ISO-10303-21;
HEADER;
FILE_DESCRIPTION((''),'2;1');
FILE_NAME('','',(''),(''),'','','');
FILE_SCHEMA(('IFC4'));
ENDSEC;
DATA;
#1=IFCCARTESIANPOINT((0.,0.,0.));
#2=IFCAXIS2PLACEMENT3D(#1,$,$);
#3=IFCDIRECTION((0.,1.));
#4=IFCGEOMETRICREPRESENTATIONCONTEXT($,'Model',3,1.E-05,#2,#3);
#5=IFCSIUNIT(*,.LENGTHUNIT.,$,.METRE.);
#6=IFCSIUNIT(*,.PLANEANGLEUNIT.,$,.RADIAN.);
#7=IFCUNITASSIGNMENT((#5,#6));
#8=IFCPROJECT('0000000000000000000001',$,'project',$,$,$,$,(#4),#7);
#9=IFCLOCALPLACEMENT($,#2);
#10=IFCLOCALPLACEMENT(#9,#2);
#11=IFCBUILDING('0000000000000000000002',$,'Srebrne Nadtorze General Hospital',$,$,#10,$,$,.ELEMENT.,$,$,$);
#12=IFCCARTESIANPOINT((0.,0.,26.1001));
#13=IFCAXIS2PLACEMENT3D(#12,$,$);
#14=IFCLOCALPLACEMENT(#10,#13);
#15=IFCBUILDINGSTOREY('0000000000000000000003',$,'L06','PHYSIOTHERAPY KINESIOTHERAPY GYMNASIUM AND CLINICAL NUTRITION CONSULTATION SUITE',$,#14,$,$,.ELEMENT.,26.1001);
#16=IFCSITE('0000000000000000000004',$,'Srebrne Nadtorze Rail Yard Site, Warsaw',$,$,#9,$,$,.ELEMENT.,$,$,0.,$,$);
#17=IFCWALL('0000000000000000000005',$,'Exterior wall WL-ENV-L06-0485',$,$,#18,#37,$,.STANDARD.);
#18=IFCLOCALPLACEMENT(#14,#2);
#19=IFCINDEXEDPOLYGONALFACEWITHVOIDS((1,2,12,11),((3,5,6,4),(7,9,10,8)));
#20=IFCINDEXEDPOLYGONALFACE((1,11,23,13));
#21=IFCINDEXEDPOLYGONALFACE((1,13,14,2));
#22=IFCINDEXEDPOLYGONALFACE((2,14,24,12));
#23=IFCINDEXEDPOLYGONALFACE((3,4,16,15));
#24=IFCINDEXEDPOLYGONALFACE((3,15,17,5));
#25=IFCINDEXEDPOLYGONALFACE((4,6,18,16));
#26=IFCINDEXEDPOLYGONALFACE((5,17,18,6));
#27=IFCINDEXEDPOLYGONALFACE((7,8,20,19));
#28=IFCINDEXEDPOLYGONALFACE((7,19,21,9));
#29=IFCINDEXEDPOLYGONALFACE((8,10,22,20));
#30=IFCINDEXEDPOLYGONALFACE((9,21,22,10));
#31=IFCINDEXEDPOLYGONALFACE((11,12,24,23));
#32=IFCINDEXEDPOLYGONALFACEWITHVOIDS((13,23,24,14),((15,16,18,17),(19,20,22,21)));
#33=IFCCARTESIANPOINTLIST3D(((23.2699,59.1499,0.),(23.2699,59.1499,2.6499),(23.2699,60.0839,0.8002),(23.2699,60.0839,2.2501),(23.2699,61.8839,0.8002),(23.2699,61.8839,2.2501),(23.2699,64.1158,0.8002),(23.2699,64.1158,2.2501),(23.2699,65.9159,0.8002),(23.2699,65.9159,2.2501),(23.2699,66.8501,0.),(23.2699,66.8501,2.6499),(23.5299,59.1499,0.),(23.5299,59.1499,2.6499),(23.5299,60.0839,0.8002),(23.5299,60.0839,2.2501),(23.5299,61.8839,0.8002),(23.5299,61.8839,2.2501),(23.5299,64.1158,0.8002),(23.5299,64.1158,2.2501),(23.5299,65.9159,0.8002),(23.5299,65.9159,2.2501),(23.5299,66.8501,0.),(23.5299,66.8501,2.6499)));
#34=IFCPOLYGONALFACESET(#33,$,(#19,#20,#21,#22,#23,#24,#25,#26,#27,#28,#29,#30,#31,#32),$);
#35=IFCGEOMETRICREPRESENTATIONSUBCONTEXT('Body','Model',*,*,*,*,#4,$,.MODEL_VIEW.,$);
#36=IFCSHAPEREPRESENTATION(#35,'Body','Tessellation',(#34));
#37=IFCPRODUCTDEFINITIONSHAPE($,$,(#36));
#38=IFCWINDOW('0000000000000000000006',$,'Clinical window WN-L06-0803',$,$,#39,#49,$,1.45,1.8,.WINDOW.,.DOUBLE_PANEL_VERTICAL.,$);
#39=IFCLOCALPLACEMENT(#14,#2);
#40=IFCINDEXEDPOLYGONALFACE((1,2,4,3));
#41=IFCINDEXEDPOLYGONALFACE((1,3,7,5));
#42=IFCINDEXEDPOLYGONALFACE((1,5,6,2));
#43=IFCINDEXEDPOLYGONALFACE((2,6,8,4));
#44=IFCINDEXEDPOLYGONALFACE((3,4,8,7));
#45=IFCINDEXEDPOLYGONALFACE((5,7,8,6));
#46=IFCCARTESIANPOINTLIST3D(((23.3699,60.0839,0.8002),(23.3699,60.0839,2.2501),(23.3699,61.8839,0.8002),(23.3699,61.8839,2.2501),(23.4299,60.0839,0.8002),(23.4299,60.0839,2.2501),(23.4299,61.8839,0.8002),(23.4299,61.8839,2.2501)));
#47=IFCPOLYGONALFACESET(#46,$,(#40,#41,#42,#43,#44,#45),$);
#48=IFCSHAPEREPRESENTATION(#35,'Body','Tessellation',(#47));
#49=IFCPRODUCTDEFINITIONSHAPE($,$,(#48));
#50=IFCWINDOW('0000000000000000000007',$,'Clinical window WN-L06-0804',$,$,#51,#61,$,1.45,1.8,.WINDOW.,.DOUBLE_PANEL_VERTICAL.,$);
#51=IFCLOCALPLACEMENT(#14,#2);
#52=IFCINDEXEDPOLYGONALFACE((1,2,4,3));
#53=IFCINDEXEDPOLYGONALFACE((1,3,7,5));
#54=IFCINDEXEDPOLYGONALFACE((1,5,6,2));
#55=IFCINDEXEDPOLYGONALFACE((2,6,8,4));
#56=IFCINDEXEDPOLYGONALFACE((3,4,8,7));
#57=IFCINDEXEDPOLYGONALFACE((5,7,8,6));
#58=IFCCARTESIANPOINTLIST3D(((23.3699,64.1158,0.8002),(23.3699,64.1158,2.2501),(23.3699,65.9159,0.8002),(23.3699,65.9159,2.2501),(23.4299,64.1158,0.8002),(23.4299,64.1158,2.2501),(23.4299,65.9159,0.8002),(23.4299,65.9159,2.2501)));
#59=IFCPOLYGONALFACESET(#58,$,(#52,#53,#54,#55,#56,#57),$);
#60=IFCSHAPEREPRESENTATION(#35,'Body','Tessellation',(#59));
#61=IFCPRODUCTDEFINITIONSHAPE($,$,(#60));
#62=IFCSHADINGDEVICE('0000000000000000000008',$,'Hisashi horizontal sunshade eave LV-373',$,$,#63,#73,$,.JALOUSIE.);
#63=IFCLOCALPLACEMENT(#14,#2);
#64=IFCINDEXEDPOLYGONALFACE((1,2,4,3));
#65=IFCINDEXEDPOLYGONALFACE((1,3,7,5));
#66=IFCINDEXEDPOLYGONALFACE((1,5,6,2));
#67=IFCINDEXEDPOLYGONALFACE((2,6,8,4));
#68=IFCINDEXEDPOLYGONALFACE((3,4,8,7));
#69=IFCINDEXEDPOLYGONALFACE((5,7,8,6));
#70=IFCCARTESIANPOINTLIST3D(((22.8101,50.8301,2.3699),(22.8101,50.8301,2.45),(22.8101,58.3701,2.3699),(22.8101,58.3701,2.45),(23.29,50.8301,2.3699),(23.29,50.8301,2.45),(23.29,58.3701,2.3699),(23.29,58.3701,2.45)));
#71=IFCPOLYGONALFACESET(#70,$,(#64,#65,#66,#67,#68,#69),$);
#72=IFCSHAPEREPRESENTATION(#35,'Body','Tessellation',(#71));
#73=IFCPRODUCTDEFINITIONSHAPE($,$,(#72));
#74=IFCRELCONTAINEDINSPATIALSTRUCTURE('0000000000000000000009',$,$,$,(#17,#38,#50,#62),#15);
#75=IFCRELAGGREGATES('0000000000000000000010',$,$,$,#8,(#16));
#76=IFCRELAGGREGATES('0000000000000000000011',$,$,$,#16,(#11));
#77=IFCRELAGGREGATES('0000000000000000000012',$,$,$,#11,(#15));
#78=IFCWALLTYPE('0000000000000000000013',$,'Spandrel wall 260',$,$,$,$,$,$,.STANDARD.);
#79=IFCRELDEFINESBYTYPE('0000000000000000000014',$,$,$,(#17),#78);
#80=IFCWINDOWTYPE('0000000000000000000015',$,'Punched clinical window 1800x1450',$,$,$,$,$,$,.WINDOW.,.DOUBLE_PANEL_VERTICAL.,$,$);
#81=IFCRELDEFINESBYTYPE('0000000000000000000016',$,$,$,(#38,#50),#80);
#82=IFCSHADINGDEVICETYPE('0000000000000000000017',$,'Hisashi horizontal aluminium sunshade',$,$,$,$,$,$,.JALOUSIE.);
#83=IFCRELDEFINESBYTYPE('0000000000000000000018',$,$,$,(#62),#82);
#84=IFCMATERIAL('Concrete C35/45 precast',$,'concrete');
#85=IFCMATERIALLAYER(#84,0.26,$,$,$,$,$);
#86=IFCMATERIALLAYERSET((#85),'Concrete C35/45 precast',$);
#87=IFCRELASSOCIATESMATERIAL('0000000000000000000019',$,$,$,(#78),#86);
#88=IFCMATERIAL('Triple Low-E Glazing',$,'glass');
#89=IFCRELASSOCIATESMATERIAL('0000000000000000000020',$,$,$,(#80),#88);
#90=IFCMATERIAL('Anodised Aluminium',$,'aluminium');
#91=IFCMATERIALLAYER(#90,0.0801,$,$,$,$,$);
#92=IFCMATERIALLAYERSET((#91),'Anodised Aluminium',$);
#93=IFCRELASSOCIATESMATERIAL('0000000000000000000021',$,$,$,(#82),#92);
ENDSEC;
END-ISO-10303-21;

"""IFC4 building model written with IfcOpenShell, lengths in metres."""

from ifc_helpers import new_model, si_unit, direction, frame, frame_2d, origin, origin_2d, place, context, subcontext, project, spatial, rectangle, extrude, material, layer, layer_set, type_object, element, fill, save


model = new_model("IFC4")

# Units and contexts
model_context = context("Model", 3, precision=1e-05, world=origin(), true_north=direction((0.0, 1.0)))
body_context = subcontext(model_context, "Body", "Model", "MODEL_VIEW")
ifc_project = project(units=[si_unit("LENGTHUNIT", "METRE"), si_unit("PLANEANGLEUNIT", "RADIAN")], contexts=[model_context])

# Site, building, storey
site_placement = place(None, origin())
site = spatial("IfcSite", under=ifc_project, at=site_placement, Name="Srebrne Nadtorze Rail Yard Site, Warsaw", CompositionType="ELEMENT", RefElevation=0.0)
building_placement = place(site_placement, origin())
building = spatial("IfcBuilding", under=site, at=building_placement, Name="Srebrne Nadtorze General Hospital", CompositionType="ELEMENT")
storey_placement = place(building_placement, frame((0.0, 0.0, 26.1001)))
storey = spatial("IfcBuildingStorey", under=building, at=storey_placement, Name="L06", Description="PHYSIOTHERAPY KINESIOTHERAPY GYMNASIUM AND CLINICAL NUTRITION CONSULTATION SUITE", CompositionType="ELEMENT", Elevation=26.1001)

# Wall, openings, windows
ifc_material_1 = material(Name="Concrete C35/45 precast", Category="concrete")
ifc_layer_1 = layer(ifc_material_1, 0.26)
ifc_layer_set_1 = layer_set([ifc_layer_1], Name="Concrete C35/45 precast")
wall_type_1 = type_object("IfcWallType", Name="Spandrel wall 260", PredefinedType="STANDARD", material=ifc_layer_set_1)
wall_1_placement = place(storey_placement, frame((23.3999, 59.1499, 0.0), z_axis=(0.0, 0.0, 1.0), x_axis=(0.0, 1.0, 0.0)))
wall_1 = element("IfcWall", 1, at=wall_1_placement, inside=storey, type_object=wall_type_1, Name="Exterior wall WL-ENV-L06-0485", PredefinedType="STANDARD", context=body_context, shape_type="SweptSolid", body=[
    extrude(rectangle(XDim=7.7002, YDim=0.26, at=frame_2d((3.8501, 0.0))), origin(), (0.0, 0.0, 1.0), 2.6499),
])
opening_1_placement = place(wall_1_placement, frame((0.9341, 0.0, 0.8)))
opening_1 = element("IfcOpeningElement", 2, at=opening_1_placement, cuts=wall_1, PredefinedType="OPENING", context=body_context, shape_type="SweptSolid", body=[
    extrude(rectangle(XDim=1.8, YDim=1.45, at=frame_2d((0.8999, 0.7251))), frame((0.0, 0.1421, 0.0), z_axis=(0.0, -1.0, 0.0), x_axis=(1.0, 0.0, 0.0)), (0.0, 0.0, 1.0), 0.2839),
])
opening_2_placement = place(wall_1_placement, frame((4.9661, 0.0, 0.8)))
opening_2 = element("IfcOpeningElement", 3, at=opening_2_placement, cuts=wall_1, PredefinedType="OPENING", context=body_context, shape_type="SweptSolid", body=[
    extrude(rectangle(XDim=1.8, YDim=1.45, at=frame_2d((0.8999, 0.7251))), frame((0.0, 0.1421, 0.0), z_axis=(0.0, -1.0, 0.0), x_axis=(1.0, 0.0, 0.0)), (0.0, 0.0, 1.0), 0.2839),
])
ifc_material_2 = material(Name="Triple Low-E Glazing", Category="glass")
window_type_1 = type_object("IfcWindowType", Name="Punched clinical window 1800x1450", PartitioningType="DOUBLE_PANEL_VERTICAL", PredefinedType="WINDOW", material=ifc_material_2)
window_1_placement = place(opening_1_placement, origin())
window_1 = element("IfcWindow", 4, at=window_1_placement, inside=storey, type_object=window_type_1, Name="Clinical window WN-L06-0803", OverallHeight=1.45, OverallWidth=1.8, PartitioningType="DOUBLE_PANEL_VERTICAL", PredefinedType="WINDOW", context=body_context, shape_type="SweptSolid", body=[
    extrude(rectangle(XDim=1.8, YDim=1.45, at=frame_2d((0.8999, 0.7251))), frame((0.0, 0.03, 0.0), z_axis=(0.0, -1.0, 0.0), x_axis=(1.0, 0.0, 0.0)), (0.0, 0.0, 1.0), 0.0601),
])
fill(opening_1, window_1)
window_2_placement = place(opening_2_placement, origin())
window_2 = element("IfcWindow", 5, at=window_2_placement, inside=storey, type_object=window_type_1, Name="Clinical window WN-L06-0804", OverallHeight=1.45, OverallWidth=1.8, PartitioningType="DOUBLE_PANEL_VERTICAL", PredefinedType="WINDOW", context=body_context, shape_type="SweptSolid", body=[
    extrude(rectangle(XDim=1.8, YDim=1.45, at=frame_2d((0.8999, 0.7251))), frame((0.0, 0.03, 0.0), z_axis=(0.0, -1.0, 0.0), x_axis=(1.0, 0.0, 0.0)), (0.0, 0.0, 1.0), 0.0601),
])
fill(opening_2, window_2)

# Shading device
ifc_material_3 = material(Name="Anodised Aluminium", Category="aluminium")
ifc_layer_2 = layer(ifc_material_3, 0.0801)
ifc_layer_set_2 = layer_set([ifc_layer_2], Name="Anodised Aluminium")
shading_device_type = type_object("IfcShadingDeviceType", Name="Hisashi horizontal aluminium sunshade", PredefinedType="JALOUSIE", material=ifc_layer_set_2)
shading_device_placement = place(storey_placement, frame((23.05, 54.6001, 2.3699), z_axis=(0.0, 0.0, 1.0), x_axis=(1.0, 0.0, 0.0)))
element("IfcShadingDevice", 6, at=shading_device_placement, inside=storey, type_object=shading_device_type, Name="Hisashi horizontal sunshade eave LV-373", PredefinedType="JALOUSIE", context=body_context, shape_type="SweptSolid", body=[
    extrude(rectangle(XDim=0.48, YDim=7.54, at=origin_2d()), origin(), (0.0, 0.0, 1.0), 0.0801),
])

save(model, "model.ifc")
